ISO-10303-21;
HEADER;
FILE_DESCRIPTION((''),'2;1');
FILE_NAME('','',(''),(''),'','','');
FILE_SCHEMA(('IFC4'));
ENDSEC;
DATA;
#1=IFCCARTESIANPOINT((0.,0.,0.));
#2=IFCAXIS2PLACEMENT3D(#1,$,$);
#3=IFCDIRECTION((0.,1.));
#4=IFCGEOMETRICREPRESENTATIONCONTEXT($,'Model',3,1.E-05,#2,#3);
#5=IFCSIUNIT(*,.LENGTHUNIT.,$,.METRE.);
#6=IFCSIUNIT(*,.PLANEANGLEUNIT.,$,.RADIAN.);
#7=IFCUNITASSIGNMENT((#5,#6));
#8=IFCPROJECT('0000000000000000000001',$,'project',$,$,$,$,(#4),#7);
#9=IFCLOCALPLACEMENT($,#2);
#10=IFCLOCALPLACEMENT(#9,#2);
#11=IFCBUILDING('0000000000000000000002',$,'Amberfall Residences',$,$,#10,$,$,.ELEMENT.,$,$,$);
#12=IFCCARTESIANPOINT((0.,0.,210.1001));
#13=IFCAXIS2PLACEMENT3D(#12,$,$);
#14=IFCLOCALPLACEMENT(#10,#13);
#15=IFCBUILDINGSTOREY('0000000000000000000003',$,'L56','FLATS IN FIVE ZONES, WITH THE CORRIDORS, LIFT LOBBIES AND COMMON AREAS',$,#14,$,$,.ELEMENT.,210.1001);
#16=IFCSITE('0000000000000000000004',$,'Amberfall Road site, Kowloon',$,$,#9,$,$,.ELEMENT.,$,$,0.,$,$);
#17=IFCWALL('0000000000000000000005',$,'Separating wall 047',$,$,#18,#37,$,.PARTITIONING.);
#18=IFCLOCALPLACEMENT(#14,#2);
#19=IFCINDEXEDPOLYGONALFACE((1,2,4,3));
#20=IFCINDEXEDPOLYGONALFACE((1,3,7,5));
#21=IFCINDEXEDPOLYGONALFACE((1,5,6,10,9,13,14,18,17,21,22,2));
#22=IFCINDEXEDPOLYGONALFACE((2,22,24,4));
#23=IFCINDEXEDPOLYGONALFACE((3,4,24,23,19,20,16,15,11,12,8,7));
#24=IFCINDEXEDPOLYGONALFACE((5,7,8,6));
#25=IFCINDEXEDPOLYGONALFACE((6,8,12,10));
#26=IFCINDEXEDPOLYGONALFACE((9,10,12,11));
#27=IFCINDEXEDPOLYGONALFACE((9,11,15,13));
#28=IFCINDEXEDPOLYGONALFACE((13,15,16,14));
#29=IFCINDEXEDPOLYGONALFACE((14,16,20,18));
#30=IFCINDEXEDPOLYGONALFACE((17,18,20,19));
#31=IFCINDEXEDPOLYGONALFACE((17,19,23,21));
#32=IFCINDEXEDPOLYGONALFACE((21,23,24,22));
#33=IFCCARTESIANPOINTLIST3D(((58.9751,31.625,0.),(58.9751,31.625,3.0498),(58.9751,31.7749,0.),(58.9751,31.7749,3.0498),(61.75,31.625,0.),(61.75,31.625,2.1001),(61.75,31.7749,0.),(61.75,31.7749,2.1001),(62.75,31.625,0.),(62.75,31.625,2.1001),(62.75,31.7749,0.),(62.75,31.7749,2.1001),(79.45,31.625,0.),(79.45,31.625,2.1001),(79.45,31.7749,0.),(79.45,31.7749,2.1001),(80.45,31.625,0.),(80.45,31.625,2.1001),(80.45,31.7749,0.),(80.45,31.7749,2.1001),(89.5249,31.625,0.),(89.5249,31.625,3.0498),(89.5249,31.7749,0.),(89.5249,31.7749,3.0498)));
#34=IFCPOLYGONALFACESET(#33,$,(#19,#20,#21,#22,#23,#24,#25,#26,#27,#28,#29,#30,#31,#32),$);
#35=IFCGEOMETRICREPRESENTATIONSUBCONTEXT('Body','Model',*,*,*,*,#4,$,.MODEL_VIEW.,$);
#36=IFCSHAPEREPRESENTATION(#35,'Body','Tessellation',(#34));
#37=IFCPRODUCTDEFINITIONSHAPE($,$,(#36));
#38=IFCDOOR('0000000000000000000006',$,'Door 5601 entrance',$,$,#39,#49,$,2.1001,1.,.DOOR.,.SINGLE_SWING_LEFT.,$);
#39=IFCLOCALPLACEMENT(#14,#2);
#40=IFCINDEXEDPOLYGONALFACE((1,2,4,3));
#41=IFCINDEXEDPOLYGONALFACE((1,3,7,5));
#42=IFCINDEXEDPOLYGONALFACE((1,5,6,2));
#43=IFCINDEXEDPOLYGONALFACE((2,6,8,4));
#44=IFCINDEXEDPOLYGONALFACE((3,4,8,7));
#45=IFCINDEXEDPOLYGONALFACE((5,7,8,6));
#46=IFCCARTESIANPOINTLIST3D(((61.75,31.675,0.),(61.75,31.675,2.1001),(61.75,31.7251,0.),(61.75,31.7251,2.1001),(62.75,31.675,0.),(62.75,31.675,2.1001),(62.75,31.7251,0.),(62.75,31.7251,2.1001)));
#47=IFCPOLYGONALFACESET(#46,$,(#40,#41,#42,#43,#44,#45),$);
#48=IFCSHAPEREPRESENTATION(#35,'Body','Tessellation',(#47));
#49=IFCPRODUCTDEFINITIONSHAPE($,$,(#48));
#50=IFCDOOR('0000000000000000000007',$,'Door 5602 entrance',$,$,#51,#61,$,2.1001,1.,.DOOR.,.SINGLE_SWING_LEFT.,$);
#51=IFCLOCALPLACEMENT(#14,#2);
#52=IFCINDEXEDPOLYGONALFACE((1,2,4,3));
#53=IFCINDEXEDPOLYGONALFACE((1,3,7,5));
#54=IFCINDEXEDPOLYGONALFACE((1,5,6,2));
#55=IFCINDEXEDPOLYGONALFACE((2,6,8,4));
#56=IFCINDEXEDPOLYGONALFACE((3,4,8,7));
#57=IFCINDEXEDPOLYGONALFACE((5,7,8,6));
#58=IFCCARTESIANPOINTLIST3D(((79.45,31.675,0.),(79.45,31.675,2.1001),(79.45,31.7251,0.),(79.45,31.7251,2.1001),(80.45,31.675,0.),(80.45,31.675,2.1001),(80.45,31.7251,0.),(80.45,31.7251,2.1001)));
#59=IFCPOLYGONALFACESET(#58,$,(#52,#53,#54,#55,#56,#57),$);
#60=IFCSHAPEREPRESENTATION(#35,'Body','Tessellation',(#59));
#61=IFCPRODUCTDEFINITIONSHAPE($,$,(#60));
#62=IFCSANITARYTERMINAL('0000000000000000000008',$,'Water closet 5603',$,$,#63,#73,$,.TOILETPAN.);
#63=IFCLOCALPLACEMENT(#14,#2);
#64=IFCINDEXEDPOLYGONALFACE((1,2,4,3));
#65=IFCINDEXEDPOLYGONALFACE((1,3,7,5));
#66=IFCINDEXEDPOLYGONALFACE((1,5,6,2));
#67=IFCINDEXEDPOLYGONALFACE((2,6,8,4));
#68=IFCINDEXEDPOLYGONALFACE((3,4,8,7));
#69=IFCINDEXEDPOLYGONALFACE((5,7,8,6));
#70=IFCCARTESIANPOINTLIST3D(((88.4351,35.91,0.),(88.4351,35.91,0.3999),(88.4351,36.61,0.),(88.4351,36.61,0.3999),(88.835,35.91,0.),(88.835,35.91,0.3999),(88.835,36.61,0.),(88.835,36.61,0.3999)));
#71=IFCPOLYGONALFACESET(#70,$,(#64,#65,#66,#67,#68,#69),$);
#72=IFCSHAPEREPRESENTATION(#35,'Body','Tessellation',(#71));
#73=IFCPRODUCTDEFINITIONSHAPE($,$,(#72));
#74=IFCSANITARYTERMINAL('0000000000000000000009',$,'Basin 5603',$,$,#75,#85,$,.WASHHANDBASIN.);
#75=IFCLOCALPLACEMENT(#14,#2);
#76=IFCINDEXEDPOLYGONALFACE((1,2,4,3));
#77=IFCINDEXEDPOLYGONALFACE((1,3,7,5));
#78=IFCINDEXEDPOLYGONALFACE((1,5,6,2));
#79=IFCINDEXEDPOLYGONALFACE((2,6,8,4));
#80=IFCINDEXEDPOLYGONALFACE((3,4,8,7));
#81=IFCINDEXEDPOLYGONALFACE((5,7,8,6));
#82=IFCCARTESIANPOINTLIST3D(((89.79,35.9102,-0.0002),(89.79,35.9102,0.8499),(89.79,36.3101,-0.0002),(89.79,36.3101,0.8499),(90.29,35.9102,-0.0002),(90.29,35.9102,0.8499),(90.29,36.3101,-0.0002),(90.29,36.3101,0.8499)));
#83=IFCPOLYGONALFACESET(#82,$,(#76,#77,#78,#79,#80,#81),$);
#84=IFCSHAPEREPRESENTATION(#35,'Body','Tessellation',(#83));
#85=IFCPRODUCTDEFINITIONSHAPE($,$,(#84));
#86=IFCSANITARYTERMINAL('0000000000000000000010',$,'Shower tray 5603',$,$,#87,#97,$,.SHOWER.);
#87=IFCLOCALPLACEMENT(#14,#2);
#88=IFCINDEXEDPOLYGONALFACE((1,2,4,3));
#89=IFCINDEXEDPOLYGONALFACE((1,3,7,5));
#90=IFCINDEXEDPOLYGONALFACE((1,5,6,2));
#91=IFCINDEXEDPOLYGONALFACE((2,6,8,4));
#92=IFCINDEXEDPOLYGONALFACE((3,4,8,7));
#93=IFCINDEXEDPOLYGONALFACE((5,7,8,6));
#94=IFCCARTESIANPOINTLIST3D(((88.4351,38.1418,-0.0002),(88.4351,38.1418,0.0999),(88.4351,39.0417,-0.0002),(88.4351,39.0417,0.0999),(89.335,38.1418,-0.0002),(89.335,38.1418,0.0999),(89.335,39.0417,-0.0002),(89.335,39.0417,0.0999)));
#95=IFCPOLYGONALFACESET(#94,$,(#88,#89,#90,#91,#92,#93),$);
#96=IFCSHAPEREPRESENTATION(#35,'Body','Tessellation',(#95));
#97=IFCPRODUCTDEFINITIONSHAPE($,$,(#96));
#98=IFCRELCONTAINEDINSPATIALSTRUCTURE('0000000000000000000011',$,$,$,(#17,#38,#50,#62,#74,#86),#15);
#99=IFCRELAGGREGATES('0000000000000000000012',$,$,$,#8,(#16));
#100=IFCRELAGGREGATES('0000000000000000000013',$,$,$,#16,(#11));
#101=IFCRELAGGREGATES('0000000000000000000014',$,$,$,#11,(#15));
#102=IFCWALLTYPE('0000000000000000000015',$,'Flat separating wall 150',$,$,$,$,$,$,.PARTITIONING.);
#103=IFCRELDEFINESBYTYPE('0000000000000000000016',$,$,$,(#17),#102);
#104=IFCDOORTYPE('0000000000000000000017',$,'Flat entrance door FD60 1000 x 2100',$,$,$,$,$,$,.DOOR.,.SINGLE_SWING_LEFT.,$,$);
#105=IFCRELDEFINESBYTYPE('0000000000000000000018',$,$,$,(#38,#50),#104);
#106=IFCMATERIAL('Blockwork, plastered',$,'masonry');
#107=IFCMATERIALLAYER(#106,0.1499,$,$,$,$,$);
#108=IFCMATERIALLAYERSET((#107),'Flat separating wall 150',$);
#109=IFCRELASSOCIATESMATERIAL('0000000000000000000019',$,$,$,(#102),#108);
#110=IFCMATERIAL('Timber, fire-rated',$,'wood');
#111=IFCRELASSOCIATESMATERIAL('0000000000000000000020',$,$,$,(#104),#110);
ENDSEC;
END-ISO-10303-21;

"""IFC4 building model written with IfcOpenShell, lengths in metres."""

from ifc_helpers import new_model, si_unit, direction, frame, frame_2d, origin, origin_2d, place, context, subcontext, project, spatial, rectangle, extrude, material, layer, layer_set, type_object, element, fill, save


model = new_model("IFC4")

# Units and contexts
model_context = context("Model", 3, precision=1e-05, world=origin(), true_north=direction((0.0, 1.0)))
body_context = subcontext(model_context, "Body", "Model", "MODEL_VIEW")
ifc_project = project(units=[si_unit("LENGTHUNIT", "METRE"), si_unit("PLANEANGLEUNIT", "RADIAN")], contexts=[model_context])

# Site, building, storey
site_placement = place(None, origin())
site = spatial("IfcSite", under=ifc_project, at=site_placement, Name="Amberfall Road site, Kowloon", CompositionType="ELEMENT", RefElevation=0.0)
building_placement = place(site_placement, origin())
building = spatial("IfcBuilding", under=site, at=building_placement, Name="Amberfall Residences", CompositionType="ELEMENT")
storey_placement = place(building_placement, frame((0.0, 0.0, 210.1001)))
storey = spatial("IfcBuildingStorey", under=building, at=storey_placement, Name="L56", Description="FLATS IN FIVE ZONES, WITH THE CORRIDORS, LIFT LOBBIES AND COMMON AREAS", CompositionType="ELEMENT", Elevation=210.1001)

# Wall, openings, doors
ifc_material_1 = material(Name="Blockwork, plastered", Category="masonry")
ifc_layer_1 = layer(ifc_material_1, 0.1499)
ifc_layer_set_1 = layer_set([ifc_layer_1], Name="Flat separating wall 150")
wall_type_1 = type_object("IfcWallType", Name="Flat separating wall 150", PredefinedType="PARTITIONING", material=ifc_layer_set_1)
wall_1_placement = place(storey_placement, frame((89.5249, 31.7, 0.0), z_axis=(0.0, 0.0, 1.0), x_axis=(-1.0, 0.0, 0.0)))
wall_1 = element("IfcWall", 1, at=wall_1_placement, inside=storey, type_object=wall_type_1, Name="Separating wall 047", PredefinedType="PARTITIONING", context=body_context, shape_type="SweptSolid", body=[
    extrude(rectangle(XDim=30.5498, YDim=0.1499, at=frame_2d((15.2749, 0.0))), origin(), (0.0, 0.0, 1.0), 3.0498),
])
opening_1_placement = place(wall_1_placement, frame((26.7749, 0.0, 0.0)))
opening_1 = element("IfcOpeningElement", 2, at=opening_1_placement, cuts=wall_1, PredefinedType="OPENING", context=body_context, shape_type="SweptSolid", body=[
    extrude(rectangle(XDim=1.0, YDim=2.1001, at=frame_2d((0.5, 1.05))), frame((0.0, 0.085, 0.0), z_axis=(0.0, -1.0, 0.0), x_axis=(1.0, 0.0, 0.0)), (0.0, 0.0, 1.0), 0.1699),
])
opening_2_placement = place(wall_1_placement, frame((9.075, 0.0, 0.0)))
opening_2 = element("IfcOpeningElement", 3, at=opening_2_placement, cuts=wall_1, PredefinedType="OPENING", context=body_context, shape_type="SweptSolid", body=[
    extrude(rectangle(XDim=1.0, YDim=2.1001, at=frame_2d((0.5, 1.05))), frame((0.0, 0.085, 0.0), z_axis=(0.0, -1.0, 0.0), x_axis=(1.0, 0.0, 0.0)), (0.0, 0.0, 1.0), 0.1699),
])
ifc_material_2 = material(Name="Timber, fire-rated", Category="wood")
door_type_1 = type_object("IfcDoorType", Name="Flat entrance door FD60 1000 x 2100", OperationType="SINGLE_SWING_LEFT", PredefinedType="DOOR", material=ifc_material_2)
door_1_placement = place(opening_1_placement, origin())
door_1 = element("IfcDoor", 4, at=door_1_placement, inside=storey, type_object=door_type_1, Name="Door 5601 entrance", OperationType="SINGLE_SWING_LEFT", OverallHeight=2.1001, OverallWidth=1.0, PredefinedType="DOOR", context=body_context, shape_type="SweptSolid", body=[
    extrude(rectangle(XDim=1.0, YDim=2.1001, at=frame_2d((0.5, 1.05))), frame((0.0, 0.0249, 0.0), z_axis=(0.0, -1.0, 0.0), x_axis=(1.0, 0.0, 0.0)), (0.0, 0.0, 1.0), 0.05),
])
fill(opening_1, door_1)
door_2_placement = place(opening_2_placement, origin())
door_2 = element("IfcDoor", 5, at=door_2_placement, inside=storey, type_object=door_type_1, Name="Door 5602 entrance", OperationType="SINGLE_SWING_LEFT", OverallHeight=2.1001, OverallWidth=1.0, PredefinedType="DOOR", context=body_context, shape_type="SweptSolid", body=[
    extrude(rectangle(XDim=1.0, YDim=2.1001, at=frame_2d((0.5, 1.05))), frame((0.0, 0.0249, 0.0), z_axis=(0.0, -1.0, 0.0), x_axis=(1.0, 0.0, 0.0)), (0.0, 0.0, 1.0), 0.05),
])
fill(opening_2, door_2)

# Sanitary terminals
sanitary_terminal_1_placement = place(storey_placement, frame((88.635, 36.26, 0.0), z_axis=(0.0, 0.0, 1.0), x_axis=(1.0, 0.0, 0.0)))
element("IfcSanitaryTerminal", 6, at=sanitary_terminal_1_placement, inside=storey, Name="Water closet 5603", PredefinedType="TOILETPAN", context=body_context, shape_type="SweptSolid", body=[
    extrude(rectangle(XDim=0.3999, YDim=0.7, at=origin_2d()), origin(), (0.0, 0.0, 1.0), 0.3999),
])
sanitary_terminal_2_placement = place(storey_placement, frame((90.04, 36.1101, -0.0002), z_axis=(0.0, 0.0, 1.0), x_axis=(1.0, 0.0, 0.0)))
element("IfcSanitaryTerminal", 7, at=sanitary_terminal_2_placement, inside=storey, Name="Basin 5603", PredefinedType="WASHHANDBASIN", context=body_context, shape_type="SweptSolid", body=[
    extrude(rectangle(XDim=0.5, YDim=0.3999, at=origin_2d()), origin(), (0.0, 0.0, 1.0), 0.8501),
])
sanitary_terminal_3_placement = place(storey_placement, frame((88.885, 38.5918, -0.0002), z_axis=(0.0, 0.0, 1.0), x_axis=(1.0, 0.0, 0.0)))
element("IfcSanitaryTerminal", 8, at=sanitary_terminal_3_placement, inside=storey, Name="Shower tray 5603", PredefinedType="SHOWER", context=body_context, shape_type="SweptSolid", body=[
    extrude(rectangle(XDim=0.8999, YDim=0.8999, at=origin_2d()), origin(), (0.0, 0.0, 1.0), 0.1001),
])

save(model, "model.ifc")
